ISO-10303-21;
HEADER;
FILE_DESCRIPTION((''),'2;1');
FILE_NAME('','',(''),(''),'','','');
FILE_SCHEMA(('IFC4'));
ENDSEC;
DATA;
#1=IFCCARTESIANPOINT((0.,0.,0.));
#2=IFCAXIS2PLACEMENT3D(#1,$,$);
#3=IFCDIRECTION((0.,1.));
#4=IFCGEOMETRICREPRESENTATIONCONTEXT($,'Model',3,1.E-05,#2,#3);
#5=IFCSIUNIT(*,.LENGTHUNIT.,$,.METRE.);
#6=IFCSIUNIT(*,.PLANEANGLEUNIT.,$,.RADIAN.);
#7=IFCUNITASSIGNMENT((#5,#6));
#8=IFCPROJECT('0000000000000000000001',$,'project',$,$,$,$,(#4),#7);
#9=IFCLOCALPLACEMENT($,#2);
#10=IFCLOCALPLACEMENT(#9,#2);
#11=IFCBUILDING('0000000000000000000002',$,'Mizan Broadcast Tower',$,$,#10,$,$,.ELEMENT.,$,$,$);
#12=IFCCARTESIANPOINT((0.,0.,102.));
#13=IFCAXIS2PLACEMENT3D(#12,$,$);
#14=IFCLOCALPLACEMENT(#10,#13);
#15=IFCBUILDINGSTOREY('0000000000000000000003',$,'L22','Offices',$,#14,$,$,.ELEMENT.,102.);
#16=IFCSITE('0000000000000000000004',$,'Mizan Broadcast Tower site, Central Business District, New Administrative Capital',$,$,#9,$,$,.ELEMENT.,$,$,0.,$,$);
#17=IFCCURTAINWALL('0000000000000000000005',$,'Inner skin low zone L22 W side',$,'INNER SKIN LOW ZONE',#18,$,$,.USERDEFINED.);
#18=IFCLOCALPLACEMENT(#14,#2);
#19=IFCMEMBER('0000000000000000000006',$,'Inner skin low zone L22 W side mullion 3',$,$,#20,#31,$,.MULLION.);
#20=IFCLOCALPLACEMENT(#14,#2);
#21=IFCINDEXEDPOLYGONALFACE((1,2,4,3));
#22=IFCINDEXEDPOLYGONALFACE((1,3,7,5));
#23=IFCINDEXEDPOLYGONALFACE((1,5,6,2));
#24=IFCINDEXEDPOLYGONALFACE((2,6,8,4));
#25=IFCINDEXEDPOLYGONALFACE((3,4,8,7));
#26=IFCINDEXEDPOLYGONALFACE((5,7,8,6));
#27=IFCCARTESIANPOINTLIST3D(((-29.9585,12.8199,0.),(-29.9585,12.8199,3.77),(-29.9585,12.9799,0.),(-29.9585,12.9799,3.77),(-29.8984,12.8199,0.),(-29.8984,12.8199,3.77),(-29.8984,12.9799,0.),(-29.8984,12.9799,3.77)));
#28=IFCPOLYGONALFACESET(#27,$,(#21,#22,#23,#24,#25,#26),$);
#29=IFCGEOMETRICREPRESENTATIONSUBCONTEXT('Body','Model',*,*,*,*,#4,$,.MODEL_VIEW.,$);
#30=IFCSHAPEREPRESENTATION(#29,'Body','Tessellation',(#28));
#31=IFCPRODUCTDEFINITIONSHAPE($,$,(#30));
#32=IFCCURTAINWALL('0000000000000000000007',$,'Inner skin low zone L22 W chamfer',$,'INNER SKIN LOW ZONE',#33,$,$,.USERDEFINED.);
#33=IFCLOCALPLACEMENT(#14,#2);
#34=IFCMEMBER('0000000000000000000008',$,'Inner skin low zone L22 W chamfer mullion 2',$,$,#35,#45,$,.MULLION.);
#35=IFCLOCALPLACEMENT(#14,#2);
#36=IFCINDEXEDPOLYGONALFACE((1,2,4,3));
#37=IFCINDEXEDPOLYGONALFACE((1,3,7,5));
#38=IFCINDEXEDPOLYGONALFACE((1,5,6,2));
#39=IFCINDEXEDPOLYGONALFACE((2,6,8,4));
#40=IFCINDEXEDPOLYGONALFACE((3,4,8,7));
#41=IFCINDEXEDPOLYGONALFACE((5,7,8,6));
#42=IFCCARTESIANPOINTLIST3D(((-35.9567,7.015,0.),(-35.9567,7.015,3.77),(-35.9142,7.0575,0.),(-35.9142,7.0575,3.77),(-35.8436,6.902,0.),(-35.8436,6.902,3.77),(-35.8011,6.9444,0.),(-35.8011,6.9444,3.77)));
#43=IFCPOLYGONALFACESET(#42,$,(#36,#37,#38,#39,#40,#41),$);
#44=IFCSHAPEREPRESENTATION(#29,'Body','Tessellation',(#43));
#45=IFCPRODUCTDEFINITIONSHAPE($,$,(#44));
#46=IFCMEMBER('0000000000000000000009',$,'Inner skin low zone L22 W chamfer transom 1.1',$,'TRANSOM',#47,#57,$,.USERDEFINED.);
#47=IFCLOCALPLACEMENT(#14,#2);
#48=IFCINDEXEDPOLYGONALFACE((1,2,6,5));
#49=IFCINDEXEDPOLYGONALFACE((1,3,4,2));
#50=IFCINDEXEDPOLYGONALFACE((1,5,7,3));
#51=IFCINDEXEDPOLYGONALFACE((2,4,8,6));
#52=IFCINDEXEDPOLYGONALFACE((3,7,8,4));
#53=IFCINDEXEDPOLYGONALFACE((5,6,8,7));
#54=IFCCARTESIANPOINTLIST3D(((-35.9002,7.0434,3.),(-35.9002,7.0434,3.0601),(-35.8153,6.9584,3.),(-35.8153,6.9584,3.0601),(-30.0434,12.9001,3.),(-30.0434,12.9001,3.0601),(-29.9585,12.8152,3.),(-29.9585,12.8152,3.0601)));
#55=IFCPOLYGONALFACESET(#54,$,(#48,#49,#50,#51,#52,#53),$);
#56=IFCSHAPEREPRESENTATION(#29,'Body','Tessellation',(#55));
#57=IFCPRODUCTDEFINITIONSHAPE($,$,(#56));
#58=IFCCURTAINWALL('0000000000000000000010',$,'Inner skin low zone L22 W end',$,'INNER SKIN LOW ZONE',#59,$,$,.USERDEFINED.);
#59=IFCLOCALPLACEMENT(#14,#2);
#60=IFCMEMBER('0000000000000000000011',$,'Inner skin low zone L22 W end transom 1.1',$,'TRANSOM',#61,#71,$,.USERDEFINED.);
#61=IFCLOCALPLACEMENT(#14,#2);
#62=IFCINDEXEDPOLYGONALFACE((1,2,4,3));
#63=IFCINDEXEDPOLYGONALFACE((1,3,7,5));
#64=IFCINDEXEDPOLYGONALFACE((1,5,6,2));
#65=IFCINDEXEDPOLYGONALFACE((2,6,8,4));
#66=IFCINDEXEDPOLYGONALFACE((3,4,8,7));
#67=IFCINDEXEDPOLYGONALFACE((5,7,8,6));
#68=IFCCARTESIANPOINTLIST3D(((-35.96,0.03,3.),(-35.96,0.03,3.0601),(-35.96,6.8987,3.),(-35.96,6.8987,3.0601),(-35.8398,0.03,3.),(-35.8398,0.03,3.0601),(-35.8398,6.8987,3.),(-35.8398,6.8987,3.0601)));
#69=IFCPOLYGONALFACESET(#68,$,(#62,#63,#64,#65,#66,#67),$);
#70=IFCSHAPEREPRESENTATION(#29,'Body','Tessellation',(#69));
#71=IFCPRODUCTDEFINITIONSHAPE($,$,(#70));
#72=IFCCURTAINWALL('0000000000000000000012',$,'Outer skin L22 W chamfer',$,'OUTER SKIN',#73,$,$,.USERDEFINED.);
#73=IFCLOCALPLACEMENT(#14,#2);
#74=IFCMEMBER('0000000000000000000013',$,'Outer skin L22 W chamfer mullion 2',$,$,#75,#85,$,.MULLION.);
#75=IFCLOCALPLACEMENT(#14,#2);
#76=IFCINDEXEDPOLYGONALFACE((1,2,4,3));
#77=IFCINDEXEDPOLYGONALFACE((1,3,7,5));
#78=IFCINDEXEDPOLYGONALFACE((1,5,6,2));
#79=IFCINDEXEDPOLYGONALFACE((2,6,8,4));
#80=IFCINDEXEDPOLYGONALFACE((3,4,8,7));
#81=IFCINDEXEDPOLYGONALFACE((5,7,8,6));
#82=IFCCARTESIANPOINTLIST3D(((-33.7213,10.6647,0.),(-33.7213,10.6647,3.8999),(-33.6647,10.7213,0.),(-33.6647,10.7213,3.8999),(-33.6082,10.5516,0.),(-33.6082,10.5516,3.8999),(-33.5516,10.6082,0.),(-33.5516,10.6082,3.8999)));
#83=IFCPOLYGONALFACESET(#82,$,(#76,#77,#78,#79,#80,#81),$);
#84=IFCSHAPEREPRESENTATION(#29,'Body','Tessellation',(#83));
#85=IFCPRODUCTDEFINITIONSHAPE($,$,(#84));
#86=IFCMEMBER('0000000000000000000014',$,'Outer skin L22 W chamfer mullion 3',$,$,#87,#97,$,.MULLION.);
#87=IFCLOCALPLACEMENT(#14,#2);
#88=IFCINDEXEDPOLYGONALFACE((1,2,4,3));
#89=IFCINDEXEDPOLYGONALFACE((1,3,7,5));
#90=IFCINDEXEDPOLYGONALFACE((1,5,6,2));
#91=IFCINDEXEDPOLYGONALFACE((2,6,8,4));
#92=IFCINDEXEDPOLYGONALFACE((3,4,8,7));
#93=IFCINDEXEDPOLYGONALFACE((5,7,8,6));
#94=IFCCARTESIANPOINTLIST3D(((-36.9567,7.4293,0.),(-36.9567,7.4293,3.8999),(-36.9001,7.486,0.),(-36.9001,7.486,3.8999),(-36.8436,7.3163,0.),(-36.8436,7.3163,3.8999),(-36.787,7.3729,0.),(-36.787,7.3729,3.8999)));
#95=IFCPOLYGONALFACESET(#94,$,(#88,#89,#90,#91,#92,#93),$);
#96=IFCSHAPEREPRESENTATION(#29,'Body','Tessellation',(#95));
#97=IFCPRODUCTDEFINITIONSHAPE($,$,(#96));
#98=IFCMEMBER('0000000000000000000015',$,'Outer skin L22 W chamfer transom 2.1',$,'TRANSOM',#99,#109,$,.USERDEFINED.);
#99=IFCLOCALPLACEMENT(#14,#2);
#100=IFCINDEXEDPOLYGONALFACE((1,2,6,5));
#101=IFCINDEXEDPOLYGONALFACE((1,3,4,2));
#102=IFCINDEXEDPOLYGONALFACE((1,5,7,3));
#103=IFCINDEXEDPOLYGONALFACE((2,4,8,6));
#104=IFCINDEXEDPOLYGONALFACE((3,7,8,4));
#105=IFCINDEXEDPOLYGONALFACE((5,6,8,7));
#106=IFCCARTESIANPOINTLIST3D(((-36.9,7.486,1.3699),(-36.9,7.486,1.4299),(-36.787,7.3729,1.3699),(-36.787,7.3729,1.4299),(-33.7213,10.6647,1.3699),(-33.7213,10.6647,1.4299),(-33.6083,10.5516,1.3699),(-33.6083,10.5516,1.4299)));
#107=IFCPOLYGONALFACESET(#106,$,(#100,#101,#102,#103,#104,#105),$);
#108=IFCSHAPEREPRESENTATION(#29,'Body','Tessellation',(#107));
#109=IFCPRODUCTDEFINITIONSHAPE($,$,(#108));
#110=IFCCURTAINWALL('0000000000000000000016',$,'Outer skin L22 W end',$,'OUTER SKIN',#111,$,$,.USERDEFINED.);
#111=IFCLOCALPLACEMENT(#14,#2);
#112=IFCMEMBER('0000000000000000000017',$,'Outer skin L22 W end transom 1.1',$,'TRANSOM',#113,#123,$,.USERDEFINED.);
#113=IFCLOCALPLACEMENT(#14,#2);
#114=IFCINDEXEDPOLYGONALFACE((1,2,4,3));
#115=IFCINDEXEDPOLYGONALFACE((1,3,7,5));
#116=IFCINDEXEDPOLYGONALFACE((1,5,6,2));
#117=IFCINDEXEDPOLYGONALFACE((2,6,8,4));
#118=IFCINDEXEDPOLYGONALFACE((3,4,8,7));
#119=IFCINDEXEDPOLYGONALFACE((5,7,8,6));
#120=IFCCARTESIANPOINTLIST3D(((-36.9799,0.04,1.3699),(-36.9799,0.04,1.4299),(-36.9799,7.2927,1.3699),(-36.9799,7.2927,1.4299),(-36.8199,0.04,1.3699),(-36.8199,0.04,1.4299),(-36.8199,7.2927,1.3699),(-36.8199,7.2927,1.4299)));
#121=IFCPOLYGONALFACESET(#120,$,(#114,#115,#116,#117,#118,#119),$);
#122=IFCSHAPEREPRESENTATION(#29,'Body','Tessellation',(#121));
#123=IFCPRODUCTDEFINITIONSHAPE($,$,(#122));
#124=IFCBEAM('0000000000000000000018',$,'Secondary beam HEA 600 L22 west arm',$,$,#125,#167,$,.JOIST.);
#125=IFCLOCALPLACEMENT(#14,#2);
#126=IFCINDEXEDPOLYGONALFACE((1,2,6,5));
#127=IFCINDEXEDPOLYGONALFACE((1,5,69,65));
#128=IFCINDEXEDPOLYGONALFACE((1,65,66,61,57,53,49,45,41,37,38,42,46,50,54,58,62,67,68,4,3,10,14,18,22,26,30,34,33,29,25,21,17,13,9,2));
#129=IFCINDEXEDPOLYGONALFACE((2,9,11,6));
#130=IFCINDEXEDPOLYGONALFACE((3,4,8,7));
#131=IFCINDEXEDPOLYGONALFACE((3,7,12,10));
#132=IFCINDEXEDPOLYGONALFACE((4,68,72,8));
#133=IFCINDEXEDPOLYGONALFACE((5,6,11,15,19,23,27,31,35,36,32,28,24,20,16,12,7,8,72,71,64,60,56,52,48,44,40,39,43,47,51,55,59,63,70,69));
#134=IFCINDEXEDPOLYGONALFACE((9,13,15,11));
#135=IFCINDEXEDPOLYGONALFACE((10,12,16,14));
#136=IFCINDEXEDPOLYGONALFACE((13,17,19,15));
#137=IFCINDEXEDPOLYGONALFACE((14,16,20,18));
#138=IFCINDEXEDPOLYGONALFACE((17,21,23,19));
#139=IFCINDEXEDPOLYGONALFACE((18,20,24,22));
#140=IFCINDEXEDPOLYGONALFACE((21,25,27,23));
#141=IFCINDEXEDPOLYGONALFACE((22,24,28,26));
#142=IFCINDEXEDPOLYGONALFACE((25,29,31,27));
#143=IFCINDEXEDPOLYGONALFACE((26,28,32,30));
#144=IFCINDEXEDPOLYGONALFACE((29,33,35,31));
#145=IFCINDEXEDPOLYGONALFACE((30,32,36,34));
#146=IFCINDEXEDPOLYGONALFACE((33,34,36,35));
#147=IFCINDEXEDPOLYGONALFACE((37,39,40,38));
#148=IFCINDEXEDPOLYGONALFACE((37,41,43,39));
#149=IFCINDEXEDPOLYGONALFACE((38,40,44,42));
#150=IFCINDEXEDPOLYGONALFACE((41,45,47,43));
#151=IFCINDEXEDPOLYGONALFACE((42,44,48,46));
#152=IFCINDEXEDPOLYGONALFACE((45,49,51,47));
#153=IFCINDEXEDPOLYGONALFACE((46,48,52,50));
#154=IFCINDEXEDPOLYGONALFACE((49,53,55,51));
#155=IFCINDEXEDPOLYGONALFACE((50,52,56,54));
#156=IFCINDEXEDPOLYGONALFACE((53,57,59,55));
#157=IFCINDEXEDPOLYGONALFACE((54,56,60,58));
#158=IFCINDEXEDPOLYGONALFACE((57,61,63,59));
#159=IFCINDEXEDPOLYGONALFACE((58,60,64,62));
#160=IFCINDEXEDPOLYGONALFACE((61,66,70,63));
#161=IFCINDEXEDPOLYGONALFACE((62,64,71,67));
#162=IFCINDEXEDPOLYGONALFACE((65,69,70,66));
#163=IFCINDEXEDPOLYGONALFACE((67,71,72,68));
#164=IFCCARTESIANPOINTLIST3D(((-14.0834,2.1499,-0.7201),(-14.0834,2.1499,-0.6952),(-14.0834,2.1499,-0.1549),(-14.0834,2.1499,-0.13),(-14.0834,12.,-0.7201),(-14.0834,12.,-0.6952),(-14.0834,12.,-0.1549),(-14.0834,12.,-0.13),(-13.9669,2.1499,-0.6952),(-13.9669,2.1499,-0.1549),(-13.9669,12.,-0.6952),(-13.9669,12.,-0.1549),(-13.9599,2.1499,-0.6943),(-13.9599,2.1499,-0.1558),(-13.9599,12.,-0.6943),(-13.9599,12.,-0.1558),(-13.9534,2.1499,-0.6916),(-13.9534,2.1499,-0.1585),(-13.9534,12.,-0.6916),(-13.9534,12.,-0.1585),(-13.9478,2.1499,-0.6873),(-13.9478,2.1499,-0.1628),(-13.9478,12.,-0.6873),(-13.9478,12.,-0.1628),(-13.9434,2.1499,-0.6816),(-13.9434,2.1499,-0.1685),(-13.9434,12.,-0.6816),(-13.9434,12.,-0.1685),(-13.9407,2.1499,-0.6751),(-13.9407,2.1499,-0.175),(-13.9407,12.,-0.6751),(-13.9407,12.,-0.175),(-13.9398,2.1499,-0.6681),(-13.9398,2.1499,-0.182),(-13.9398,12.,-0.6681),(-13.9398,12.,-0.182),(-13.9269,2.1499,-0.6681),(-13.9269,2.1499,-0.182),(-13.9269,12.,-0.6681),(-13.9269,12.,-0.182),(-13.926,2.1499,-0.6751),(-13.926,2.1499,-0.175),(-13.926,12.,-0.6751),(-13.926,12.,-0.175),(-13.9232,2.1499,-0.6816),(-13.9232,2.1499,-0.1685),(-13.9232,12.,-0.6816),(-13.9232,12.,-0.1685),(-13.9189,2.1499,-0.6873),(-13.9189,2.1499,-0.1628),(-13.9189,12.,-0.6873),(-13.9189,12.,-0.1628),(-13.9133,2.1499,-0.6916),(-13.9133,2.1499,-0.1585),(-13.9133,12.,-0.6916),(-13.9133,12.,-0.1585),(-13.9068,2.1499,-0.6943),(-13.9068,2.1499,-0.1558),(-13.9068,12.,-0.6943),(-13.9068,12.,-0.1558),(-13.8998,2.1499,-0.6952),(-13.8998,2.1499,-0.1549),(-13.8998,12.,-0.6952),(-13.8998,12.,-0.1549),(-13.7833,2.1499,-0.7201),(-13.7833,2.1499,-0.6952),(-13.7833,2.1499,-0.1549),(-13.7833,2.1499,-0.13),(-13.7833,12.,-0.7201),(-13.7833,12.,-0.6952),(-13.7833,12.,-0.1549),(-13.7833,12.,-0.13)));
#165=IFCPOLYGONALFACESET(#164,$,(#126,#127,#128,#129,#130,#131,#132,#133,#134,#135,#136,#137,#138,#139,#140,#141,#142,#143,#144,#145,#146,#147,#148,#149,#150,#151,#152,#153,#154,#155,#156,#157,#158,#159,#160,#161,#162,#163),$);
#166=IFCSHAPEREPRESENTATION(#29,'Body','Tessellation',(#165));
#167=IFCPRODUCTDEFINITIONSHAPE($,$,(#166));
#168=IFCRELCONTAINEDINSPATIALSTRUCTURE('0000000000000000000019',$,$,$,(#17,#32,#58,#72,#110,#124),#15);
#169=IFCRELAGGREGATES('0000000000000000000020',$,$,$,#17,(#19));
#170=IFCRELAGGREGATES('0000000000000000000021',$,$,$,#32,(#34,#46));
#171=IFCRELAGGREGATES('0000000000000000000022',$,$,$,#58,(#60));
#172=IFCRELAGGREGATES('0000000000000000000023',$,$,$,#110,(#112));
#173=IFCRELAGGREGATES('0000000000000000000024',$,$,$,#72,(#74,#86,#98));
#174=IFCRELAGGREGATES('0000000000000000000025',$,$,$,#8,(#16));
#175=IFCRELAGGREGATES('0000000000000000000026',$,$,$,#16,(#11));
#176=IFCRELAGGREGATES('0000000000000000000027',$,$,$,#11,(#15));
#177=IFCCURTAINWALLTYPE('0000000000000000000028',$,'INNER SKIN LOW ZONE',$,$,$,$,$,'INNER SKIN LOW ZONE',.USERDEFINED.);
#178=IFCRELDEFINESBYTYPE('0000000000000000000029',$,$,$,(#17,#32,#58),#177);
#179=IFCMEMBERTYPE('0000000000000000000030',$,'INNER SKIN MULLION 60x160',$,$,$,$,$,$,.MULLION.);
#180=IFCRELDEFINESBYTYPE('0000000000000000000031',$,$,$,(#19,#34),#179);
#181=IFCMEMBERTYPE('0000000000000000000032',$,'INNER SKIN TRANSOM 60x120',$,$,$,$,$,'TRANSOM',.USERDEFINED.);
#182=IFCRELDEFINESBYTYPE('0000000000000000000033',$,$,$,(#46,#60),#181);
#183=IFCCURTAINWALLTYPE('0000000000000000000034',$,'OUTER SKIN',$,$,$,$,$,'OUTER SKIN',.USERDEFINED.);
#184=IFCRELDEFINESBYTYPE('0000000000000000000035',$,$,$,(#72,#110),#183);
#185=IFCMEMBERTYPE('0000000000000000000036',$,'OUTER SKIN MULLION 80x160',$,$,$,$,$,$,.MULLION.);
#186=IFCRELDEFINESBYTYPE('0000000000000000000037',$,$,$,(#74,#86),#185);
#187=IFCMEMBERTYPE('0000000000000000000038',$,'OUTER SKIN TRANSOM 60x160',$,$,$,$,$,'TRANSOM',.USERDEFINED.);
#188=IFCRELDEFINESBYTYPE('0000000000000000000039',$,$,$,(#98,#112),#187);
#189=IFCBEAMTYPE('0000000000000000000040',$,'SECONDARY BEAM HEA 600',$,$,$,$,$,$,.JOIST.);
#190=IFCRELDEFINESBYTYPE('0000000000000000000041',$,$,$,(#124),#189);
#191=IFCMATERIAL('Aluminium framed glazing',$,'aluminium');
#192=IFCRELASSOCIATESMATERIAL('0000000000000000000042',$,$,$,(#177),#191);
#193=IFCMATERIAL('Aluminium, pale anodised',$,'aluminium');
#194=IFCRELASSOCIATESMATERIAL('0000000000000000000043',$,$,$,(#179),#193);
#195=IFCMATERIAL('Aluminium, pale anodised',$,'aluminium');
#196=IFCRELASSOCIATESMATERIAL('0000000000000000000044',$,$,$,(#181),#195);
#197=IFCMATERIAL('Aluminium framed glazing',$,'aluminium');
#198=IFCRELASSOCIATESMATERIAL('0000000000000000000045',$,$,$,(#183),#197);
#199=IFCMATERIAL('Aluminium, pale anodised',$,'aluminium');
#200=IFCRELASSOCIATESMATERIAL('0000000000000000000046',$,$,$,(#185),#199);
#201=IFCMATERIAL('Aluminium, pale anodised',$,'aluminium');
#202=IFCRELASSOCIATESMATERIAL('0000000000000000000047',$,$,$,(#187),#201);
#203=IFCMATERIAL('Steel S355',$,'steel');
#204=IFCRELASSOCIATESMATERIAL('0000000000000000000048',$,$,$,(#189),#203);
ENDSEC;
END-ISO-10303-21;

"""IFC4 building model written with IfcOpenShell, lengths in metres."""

from ifc_helpers import new_model, si_unit, direction, frame, origin, origin_2d, place, context, subcontext, project, spatial, rectangle, i_section, extrude, material, material_profile, profile_set, type_object, element, aggregate, save


model = new_model("IFC4")

# Units and contexts
model_context = context("Model", 3, precision=1e-05, world=origin(), true_north=direction((0.0, 1.0)))
body_context = subcontext(model_context, "Body", "Model", "MODEL_VIEW")
ifc_project = project(units=[si_unit("LENGTHUNIT", "METRE"), si_unit("PLANEANGLEUNIT", "RADIAN")], contexts=[model_context])

# Site, building, storey
site_placement = place(None, origin())
site = spatial("IfcSite", under=ifc_project, at=site_placement, Name="Mizan Broadcast Tower site, Central Business District, New Administrative Capital", CompositionType="ELEMENT", RefElevation=0.0)
building_placement = place(site_placement, origin())
building = spatial("IfcBuilding", under=site, at=building_placement, Name="Mizan Broadcast Tower", CompositionType="ELEMENT")
storey_placement = place(building_placement, frame((0.0, 0.0, 102.0)))
storey = spatial("IfcBuildingStorey", under=building, at=storey_placement, Name="L22", Description="Offices", CompositionType="ELEMENT", Elevation=102.0)

# Curtain wall, member
ifc_material_1 = material(Name="Aluminium framed glazing", Category="aluminium")
curtain_wall_type_1 = type_object("IfcCurtainWallType", Name="INNER SKIN LOW ZONE", ElementType="INNER SKIN LOW ZONE", PredefinedType="USERDEFINED", material=ifc_material_1)
curtain_wall_1_placement = place(storey_placement, origin())
curtain_wall_1 = element("IfcCurtainWall", 1, at=curtain_wall_1_placement, inside=storey, type_object=curtain_wall_type_1, Name="Inner skin low zone L22 W side", ObjectType="INNER SKIN LOW ZONE", PredefinedType="USERDEFINED")
ifc_material_2 = material(Name="Aluminium, pale anodised", Category="aluminium")
ifc_material_profile_1 = material_profile(ifc_material_2, rectangle(XDim=0.1599, YDim=0.0601, at=origin_2d()), Name="MULLION 160x60")
ifc_profile_set_1 = profile_set([ifc_material_profile_1], Name="Aluminium, pale anodised")
member_type_1 = type_object("IfcMemberType", Name="INNER SKIN MULLION 60x160", PredefinedType="MULLION", material=ifc_profile_set_1)
member_1_placement = place(storey_placement, frame((-29.9285, 12.8999, 0.0), z_axis=(0.0, 0.0, 1.0), x_axis=(0.0, -1.0, 0.0)))
member_1 = element("IfcMember", 2, at=member_1_placement, type_object=member_type_1, Name="Inner skin low zone L22 W side mullion 3", PredefinedType="MULLION", context=body_context, shape_type="SweptSolid", body=[
    extrude(rectangle(XDim=0.1599, YDim=0.0601, at=origin_2d()), origin(), (0.0, 0.0, 1.0), 3.77),
])
aggregate(curtain_wall_1, [member_1])

# Curtain wall, members
curtain_wall_2_placement = place(storey_placement, origin())
curtain_wall_2 = element("IfcCurtainWall", 3, at=curtain_wall_2_placement, inside=storey, type_object=curtain_wall_type_1, Name="Inner skin low zone L22 W chamfer", ObjectType="INNER SKIN LOW ZONE", PredefinedType="USERDEFINED")
member_2_placement = place(storey_placement, frame((-35.8789, 6.9797, 0.0), z_axis=(0.0, 0.0, 1.0), x_axis=(0.707107, -0.707107, 0.0)))
member_2 = element("IfcMember", 4, at=member_2_placement, type_object=member_type_1, Name="Inner skin low zone L22 W chamfer mullion 2", PredefinedType="MULLION", context=body_context, shape_type="SweptSolid", body=[
    extrude(rectangle(XDim=0.1599, YDim=0.0601, at=origin_2d()), origin(), (0.0, 0.0, 1.0), 3.77),
])
ifc_material_3 = material(Name="Aluminium, pale anodised", Category="aluminium")
ifc_material_profile_2 = material_profile(ifc_material_3, rectangle(XDim=0.1201, YDim=0.0601, at=origin_2d()), Name="TRANSOM 120x60")
ifc_profile_set_2 = profile_set([ifc_material_profile_2], Name="Aluminium, pale anodised")
member_type_2 = type_object("IfcMemberType", Name="INNER SKIN TRANSOM 60x120", ElementType="TRANSOM", PredefinedType="USERDEFINED", material=ifc_profile_set_2)
member_3_placement = place(storey_placement, frame((-30.001, 12.8577, 3.03), z_axis=(-0.707107, -0.707107, 0.0), x_axis=(0.707107, -0.707107, 0.0)))
member_3 = element("IfcMember", 5, at=member_3_placement, type_object=member_type_2, Name="Inner skin low zone L22 W chamfer transom 1.1", ObjectType="TRANSOM", PredefinedType="USERDEFINED", context=body_context, shape_type="SweptSolid", body=[
    extrude(rectangle(XDim=0.1201, YDim=0.0601, at=origin_2d()), origin(), (0.0, 0.0, 1.0), 8.2827),
])

# Curtain wall, member
curtain_wall_3_placement = place(storey_placement, origin())
curtain_wall_3 = element("IfcCurtainWall", 6, at=curtain_wall_3_placement, inside=storey, type_object=curtain_wall_type_1, Name="Inner skin low zone L22 W end", ObjectType="INNER SKIN LOW ZONE", PredefinedType="USERDEFINED")
member_4_placement = place(storey_placement, frame((-35.8999, 6.8987, 3.03), z_axis=(0.0, -1.0, 0.0), x_axis=(1.0, 0.0, 0.0)))
member_4 = element("IfcMember", 7, at=member_4_placement, type_object=member_type_2, Name="Inner skin low zone L22 W end transom 1.1", ObjectType="TRANSOM", PredefinedType="USERDEFINED", context=body_context, shape_type="SweptSolid", body=[
    extrude(rectangle(XDim=0.1201, YDim=0.0601, at=origin_2d()), origin(), (0.0, 0.0, 1.0), 6.8687),
])

# Curtain wall, members
ifc_material_4 = material(Name="Aluminium framed glazing", Category="aluminium")
curtain_wall_type_2 = type_object("IfcCurtainWallType", Name="OUTER SKIN", ElementType="OUTER SKIN", PredefinedType="USERDEFINED", material=ifc_material_4)
curtain_wall_4_placement = place(storey_placement, origin())
curtain_wall_4 = element("IfcCurtainWall", 8, at=curtain_wall_4_placement, inside=storey, type_object=curtain_wall_type_2, Name="Outer skin L22 W chamfer", ObjectType="OUTER SKIN", PredefinedType="USERDEFINED")
ifc_material_5 = material(Name="Aluminium, pale anodised", Category="aluminium")
ifc_material_profile_3 = material_profile(ifc_material_5, rectangle(XDim=0.1599, YDim=0.0801, at=origin_2d()), Name="MULLION 160x80")
ifc_profile_set_3 = profile_set([ifc_material_profile_3], Name="Aluminium, pale anodised")
member_type_3 = type_object("IfcMemberType", Name="OUTER SKIN MULLION 80x160", PredefinedType="MULLION", material=ifc_profile_set_3)
member_5_placement = place(storey_placement, frame((-33.6365, 10.6365, 0.0), z_axis=(0.0, 0.0, 1.0), x_axis=(0.707107, -0.707107, 0.0)))
member_5 = element("IfcMember", 9, at=member_5_placement, type_object=member_type_3, Name="Outer skin L22 W chamfer mullion 2", PredefinedType="MULLION", context=body_context, shape_type="SweptSolid", body=[
    extrude(rectangle(XDim=0.1599, YDim=0.0801, at=origin_2d()), origin(), (0.0, 0.0, 1.0), 3.8999),
])
member_6_placement = place(storey_placement, frame((-36.8718, 7.4011, 0.0), z_axis=(0.0, 0.0, 1.0), x_axis=(0.707107, -0.707107, 0.0)))
member_6 = element("IfcMember", 10, at=member_6_placement, type_object=member_type_3, Name="Outer skin L22 W chamfer mullion 3", PredefinedType="MULLION", context=body_context, shape_type="SweptSolid", body=[
    extrude(rectangle(XDim=0.1599, YDim=0.0801, at=origin_2d()), origin(), (0.0, 0.0, 1.0), 3.8999),
])
ifc_material_6 = material(Name="Aluminium, pale anodised", Category="aluminium")
ifc_material_profile_4 = material_profile(ifc_material_6, rectangle(XDim=0.1599, YDim=0.0601, at=origin_2d()), Name="TRANSOM 160x60")
ifc_profile_set_4 = profile_set([ifc_material_profile_4], Name="Aluminium, pale anodised")
member_type_4 = type_object("IfcMemberType", Name="OUTER SKIN TRANSOM 60x160", ElementType="TRANSOM", PredefinedType="USERDEFINED", material=ifc_profile_set_4)
member_7_placement = place(storey_placement, frame((-33.6648, 10.6082, 1.3999), z_axis=(-0.707107, -0.707107, 0.0), x_axis=(0.707107, -0.707107, 0.0)))
member_7 = element("IfcMember", 11, at=member_7_placement, type_object=member_type_4, Name="Outer skin L22 W chamfer transom 2.1", ObjectType="TRANSOM", PredefinedType="USERDEFINED", context=body_context, shape_type="SweptSolid", body=[
    extrude(rectangle(XDim=0.1599, YDim=0.0601, at=origin_2d()), origin(), (0.0, 0.0, 1.0), 4.4954),
])

# Curtain wall, member
curtain_wall_5_placement = place(storey_placement, origin())
curtain_wall_5 = element("IfcCurtainWall", 12, at=curtain_wall_5_placement, inside=storey, type_object=curtain_wall_type_2, Name="Outer skin L22 W end", ObjectType="OUTER SKIN", PredefinedType="USERDEFINED")
member_8_placement = place(storey_placement, frame((-36.8999, 7.2927, 1.3999), z_axis=(0.0, -1.0, 0.0), x_axis=(1.0, 0.0, 0.0)))
member_8 = element("IfcMember", 13, at=member_8_placement, type_object=member_type_4, Name="Outer skin L22 W end transom 1.1", ObjectType="TRANSOM", PredefinedType="USERDEFINED", context=body_context, shape_type="SweptSolid", body=[
    extrude(rectangle(XDim=0.1599, YDim=0.0601, at=origin_2d()), origin(), (0.0, 0.0, 1.0), 7.2527),
])

# Beam
ifc_material_7 = material(Name="Steel S355", Category="steel")
ifc_material_profile_5 = material_profile(ifc_material_7, i_section(OverallWidth=0.3, OverallDepth=0.5901, WebThickness=0.0129, FlangeThickness=0.0249, FilletRadius=0.0271, at=origin_2d()), Name="HEA 600")
ifc_profile_set_5 = profile_set([ifc_material_profile_5], Name="Steel S355")
beam_type_1 = type_object("IfcBeamType", Name="SECONDARY BEAM HEA 600", PredefinedType="JOIST", material=ifc_profile_set_5)
for number, where, z_axis, x_axis, name in (
    (14, (-13.9333, 12.0, -0.425), (0.0, -1.0, 0.0), (1.0, 0.0, 0.0), "Secondary beam HEA 600 L22 west arm"),
):
    element("IfcBeam", number, at=place(storey_placement, frame(where, z_axis=z_axis, x_axis=x_axis)), inside=storey, type_object=beam_type_1, Name=name, PredefinedType="JOIST", context=body_context, shape_type="SweptSolid", body=[
        extrude(i_section(OverallWidth=0.3, OverallDepth=0.5901, WebThickness=0.0129, FlangeThickness=0.0249, FilletRadius=0.0271, at=origin_2d()), origin(), (0.0, 0.0, 1.0), 9.8501),
    ])

aggregate(curtain_wall_2, [member_2, member_3])
aggregate(curtain_wall_3, [member_4])
aggregate(curtain_wall_5, [member_8])
aggregate(curtain_wall_4, [member_5, member_6, member_7])

save(model, "model.ifc")
